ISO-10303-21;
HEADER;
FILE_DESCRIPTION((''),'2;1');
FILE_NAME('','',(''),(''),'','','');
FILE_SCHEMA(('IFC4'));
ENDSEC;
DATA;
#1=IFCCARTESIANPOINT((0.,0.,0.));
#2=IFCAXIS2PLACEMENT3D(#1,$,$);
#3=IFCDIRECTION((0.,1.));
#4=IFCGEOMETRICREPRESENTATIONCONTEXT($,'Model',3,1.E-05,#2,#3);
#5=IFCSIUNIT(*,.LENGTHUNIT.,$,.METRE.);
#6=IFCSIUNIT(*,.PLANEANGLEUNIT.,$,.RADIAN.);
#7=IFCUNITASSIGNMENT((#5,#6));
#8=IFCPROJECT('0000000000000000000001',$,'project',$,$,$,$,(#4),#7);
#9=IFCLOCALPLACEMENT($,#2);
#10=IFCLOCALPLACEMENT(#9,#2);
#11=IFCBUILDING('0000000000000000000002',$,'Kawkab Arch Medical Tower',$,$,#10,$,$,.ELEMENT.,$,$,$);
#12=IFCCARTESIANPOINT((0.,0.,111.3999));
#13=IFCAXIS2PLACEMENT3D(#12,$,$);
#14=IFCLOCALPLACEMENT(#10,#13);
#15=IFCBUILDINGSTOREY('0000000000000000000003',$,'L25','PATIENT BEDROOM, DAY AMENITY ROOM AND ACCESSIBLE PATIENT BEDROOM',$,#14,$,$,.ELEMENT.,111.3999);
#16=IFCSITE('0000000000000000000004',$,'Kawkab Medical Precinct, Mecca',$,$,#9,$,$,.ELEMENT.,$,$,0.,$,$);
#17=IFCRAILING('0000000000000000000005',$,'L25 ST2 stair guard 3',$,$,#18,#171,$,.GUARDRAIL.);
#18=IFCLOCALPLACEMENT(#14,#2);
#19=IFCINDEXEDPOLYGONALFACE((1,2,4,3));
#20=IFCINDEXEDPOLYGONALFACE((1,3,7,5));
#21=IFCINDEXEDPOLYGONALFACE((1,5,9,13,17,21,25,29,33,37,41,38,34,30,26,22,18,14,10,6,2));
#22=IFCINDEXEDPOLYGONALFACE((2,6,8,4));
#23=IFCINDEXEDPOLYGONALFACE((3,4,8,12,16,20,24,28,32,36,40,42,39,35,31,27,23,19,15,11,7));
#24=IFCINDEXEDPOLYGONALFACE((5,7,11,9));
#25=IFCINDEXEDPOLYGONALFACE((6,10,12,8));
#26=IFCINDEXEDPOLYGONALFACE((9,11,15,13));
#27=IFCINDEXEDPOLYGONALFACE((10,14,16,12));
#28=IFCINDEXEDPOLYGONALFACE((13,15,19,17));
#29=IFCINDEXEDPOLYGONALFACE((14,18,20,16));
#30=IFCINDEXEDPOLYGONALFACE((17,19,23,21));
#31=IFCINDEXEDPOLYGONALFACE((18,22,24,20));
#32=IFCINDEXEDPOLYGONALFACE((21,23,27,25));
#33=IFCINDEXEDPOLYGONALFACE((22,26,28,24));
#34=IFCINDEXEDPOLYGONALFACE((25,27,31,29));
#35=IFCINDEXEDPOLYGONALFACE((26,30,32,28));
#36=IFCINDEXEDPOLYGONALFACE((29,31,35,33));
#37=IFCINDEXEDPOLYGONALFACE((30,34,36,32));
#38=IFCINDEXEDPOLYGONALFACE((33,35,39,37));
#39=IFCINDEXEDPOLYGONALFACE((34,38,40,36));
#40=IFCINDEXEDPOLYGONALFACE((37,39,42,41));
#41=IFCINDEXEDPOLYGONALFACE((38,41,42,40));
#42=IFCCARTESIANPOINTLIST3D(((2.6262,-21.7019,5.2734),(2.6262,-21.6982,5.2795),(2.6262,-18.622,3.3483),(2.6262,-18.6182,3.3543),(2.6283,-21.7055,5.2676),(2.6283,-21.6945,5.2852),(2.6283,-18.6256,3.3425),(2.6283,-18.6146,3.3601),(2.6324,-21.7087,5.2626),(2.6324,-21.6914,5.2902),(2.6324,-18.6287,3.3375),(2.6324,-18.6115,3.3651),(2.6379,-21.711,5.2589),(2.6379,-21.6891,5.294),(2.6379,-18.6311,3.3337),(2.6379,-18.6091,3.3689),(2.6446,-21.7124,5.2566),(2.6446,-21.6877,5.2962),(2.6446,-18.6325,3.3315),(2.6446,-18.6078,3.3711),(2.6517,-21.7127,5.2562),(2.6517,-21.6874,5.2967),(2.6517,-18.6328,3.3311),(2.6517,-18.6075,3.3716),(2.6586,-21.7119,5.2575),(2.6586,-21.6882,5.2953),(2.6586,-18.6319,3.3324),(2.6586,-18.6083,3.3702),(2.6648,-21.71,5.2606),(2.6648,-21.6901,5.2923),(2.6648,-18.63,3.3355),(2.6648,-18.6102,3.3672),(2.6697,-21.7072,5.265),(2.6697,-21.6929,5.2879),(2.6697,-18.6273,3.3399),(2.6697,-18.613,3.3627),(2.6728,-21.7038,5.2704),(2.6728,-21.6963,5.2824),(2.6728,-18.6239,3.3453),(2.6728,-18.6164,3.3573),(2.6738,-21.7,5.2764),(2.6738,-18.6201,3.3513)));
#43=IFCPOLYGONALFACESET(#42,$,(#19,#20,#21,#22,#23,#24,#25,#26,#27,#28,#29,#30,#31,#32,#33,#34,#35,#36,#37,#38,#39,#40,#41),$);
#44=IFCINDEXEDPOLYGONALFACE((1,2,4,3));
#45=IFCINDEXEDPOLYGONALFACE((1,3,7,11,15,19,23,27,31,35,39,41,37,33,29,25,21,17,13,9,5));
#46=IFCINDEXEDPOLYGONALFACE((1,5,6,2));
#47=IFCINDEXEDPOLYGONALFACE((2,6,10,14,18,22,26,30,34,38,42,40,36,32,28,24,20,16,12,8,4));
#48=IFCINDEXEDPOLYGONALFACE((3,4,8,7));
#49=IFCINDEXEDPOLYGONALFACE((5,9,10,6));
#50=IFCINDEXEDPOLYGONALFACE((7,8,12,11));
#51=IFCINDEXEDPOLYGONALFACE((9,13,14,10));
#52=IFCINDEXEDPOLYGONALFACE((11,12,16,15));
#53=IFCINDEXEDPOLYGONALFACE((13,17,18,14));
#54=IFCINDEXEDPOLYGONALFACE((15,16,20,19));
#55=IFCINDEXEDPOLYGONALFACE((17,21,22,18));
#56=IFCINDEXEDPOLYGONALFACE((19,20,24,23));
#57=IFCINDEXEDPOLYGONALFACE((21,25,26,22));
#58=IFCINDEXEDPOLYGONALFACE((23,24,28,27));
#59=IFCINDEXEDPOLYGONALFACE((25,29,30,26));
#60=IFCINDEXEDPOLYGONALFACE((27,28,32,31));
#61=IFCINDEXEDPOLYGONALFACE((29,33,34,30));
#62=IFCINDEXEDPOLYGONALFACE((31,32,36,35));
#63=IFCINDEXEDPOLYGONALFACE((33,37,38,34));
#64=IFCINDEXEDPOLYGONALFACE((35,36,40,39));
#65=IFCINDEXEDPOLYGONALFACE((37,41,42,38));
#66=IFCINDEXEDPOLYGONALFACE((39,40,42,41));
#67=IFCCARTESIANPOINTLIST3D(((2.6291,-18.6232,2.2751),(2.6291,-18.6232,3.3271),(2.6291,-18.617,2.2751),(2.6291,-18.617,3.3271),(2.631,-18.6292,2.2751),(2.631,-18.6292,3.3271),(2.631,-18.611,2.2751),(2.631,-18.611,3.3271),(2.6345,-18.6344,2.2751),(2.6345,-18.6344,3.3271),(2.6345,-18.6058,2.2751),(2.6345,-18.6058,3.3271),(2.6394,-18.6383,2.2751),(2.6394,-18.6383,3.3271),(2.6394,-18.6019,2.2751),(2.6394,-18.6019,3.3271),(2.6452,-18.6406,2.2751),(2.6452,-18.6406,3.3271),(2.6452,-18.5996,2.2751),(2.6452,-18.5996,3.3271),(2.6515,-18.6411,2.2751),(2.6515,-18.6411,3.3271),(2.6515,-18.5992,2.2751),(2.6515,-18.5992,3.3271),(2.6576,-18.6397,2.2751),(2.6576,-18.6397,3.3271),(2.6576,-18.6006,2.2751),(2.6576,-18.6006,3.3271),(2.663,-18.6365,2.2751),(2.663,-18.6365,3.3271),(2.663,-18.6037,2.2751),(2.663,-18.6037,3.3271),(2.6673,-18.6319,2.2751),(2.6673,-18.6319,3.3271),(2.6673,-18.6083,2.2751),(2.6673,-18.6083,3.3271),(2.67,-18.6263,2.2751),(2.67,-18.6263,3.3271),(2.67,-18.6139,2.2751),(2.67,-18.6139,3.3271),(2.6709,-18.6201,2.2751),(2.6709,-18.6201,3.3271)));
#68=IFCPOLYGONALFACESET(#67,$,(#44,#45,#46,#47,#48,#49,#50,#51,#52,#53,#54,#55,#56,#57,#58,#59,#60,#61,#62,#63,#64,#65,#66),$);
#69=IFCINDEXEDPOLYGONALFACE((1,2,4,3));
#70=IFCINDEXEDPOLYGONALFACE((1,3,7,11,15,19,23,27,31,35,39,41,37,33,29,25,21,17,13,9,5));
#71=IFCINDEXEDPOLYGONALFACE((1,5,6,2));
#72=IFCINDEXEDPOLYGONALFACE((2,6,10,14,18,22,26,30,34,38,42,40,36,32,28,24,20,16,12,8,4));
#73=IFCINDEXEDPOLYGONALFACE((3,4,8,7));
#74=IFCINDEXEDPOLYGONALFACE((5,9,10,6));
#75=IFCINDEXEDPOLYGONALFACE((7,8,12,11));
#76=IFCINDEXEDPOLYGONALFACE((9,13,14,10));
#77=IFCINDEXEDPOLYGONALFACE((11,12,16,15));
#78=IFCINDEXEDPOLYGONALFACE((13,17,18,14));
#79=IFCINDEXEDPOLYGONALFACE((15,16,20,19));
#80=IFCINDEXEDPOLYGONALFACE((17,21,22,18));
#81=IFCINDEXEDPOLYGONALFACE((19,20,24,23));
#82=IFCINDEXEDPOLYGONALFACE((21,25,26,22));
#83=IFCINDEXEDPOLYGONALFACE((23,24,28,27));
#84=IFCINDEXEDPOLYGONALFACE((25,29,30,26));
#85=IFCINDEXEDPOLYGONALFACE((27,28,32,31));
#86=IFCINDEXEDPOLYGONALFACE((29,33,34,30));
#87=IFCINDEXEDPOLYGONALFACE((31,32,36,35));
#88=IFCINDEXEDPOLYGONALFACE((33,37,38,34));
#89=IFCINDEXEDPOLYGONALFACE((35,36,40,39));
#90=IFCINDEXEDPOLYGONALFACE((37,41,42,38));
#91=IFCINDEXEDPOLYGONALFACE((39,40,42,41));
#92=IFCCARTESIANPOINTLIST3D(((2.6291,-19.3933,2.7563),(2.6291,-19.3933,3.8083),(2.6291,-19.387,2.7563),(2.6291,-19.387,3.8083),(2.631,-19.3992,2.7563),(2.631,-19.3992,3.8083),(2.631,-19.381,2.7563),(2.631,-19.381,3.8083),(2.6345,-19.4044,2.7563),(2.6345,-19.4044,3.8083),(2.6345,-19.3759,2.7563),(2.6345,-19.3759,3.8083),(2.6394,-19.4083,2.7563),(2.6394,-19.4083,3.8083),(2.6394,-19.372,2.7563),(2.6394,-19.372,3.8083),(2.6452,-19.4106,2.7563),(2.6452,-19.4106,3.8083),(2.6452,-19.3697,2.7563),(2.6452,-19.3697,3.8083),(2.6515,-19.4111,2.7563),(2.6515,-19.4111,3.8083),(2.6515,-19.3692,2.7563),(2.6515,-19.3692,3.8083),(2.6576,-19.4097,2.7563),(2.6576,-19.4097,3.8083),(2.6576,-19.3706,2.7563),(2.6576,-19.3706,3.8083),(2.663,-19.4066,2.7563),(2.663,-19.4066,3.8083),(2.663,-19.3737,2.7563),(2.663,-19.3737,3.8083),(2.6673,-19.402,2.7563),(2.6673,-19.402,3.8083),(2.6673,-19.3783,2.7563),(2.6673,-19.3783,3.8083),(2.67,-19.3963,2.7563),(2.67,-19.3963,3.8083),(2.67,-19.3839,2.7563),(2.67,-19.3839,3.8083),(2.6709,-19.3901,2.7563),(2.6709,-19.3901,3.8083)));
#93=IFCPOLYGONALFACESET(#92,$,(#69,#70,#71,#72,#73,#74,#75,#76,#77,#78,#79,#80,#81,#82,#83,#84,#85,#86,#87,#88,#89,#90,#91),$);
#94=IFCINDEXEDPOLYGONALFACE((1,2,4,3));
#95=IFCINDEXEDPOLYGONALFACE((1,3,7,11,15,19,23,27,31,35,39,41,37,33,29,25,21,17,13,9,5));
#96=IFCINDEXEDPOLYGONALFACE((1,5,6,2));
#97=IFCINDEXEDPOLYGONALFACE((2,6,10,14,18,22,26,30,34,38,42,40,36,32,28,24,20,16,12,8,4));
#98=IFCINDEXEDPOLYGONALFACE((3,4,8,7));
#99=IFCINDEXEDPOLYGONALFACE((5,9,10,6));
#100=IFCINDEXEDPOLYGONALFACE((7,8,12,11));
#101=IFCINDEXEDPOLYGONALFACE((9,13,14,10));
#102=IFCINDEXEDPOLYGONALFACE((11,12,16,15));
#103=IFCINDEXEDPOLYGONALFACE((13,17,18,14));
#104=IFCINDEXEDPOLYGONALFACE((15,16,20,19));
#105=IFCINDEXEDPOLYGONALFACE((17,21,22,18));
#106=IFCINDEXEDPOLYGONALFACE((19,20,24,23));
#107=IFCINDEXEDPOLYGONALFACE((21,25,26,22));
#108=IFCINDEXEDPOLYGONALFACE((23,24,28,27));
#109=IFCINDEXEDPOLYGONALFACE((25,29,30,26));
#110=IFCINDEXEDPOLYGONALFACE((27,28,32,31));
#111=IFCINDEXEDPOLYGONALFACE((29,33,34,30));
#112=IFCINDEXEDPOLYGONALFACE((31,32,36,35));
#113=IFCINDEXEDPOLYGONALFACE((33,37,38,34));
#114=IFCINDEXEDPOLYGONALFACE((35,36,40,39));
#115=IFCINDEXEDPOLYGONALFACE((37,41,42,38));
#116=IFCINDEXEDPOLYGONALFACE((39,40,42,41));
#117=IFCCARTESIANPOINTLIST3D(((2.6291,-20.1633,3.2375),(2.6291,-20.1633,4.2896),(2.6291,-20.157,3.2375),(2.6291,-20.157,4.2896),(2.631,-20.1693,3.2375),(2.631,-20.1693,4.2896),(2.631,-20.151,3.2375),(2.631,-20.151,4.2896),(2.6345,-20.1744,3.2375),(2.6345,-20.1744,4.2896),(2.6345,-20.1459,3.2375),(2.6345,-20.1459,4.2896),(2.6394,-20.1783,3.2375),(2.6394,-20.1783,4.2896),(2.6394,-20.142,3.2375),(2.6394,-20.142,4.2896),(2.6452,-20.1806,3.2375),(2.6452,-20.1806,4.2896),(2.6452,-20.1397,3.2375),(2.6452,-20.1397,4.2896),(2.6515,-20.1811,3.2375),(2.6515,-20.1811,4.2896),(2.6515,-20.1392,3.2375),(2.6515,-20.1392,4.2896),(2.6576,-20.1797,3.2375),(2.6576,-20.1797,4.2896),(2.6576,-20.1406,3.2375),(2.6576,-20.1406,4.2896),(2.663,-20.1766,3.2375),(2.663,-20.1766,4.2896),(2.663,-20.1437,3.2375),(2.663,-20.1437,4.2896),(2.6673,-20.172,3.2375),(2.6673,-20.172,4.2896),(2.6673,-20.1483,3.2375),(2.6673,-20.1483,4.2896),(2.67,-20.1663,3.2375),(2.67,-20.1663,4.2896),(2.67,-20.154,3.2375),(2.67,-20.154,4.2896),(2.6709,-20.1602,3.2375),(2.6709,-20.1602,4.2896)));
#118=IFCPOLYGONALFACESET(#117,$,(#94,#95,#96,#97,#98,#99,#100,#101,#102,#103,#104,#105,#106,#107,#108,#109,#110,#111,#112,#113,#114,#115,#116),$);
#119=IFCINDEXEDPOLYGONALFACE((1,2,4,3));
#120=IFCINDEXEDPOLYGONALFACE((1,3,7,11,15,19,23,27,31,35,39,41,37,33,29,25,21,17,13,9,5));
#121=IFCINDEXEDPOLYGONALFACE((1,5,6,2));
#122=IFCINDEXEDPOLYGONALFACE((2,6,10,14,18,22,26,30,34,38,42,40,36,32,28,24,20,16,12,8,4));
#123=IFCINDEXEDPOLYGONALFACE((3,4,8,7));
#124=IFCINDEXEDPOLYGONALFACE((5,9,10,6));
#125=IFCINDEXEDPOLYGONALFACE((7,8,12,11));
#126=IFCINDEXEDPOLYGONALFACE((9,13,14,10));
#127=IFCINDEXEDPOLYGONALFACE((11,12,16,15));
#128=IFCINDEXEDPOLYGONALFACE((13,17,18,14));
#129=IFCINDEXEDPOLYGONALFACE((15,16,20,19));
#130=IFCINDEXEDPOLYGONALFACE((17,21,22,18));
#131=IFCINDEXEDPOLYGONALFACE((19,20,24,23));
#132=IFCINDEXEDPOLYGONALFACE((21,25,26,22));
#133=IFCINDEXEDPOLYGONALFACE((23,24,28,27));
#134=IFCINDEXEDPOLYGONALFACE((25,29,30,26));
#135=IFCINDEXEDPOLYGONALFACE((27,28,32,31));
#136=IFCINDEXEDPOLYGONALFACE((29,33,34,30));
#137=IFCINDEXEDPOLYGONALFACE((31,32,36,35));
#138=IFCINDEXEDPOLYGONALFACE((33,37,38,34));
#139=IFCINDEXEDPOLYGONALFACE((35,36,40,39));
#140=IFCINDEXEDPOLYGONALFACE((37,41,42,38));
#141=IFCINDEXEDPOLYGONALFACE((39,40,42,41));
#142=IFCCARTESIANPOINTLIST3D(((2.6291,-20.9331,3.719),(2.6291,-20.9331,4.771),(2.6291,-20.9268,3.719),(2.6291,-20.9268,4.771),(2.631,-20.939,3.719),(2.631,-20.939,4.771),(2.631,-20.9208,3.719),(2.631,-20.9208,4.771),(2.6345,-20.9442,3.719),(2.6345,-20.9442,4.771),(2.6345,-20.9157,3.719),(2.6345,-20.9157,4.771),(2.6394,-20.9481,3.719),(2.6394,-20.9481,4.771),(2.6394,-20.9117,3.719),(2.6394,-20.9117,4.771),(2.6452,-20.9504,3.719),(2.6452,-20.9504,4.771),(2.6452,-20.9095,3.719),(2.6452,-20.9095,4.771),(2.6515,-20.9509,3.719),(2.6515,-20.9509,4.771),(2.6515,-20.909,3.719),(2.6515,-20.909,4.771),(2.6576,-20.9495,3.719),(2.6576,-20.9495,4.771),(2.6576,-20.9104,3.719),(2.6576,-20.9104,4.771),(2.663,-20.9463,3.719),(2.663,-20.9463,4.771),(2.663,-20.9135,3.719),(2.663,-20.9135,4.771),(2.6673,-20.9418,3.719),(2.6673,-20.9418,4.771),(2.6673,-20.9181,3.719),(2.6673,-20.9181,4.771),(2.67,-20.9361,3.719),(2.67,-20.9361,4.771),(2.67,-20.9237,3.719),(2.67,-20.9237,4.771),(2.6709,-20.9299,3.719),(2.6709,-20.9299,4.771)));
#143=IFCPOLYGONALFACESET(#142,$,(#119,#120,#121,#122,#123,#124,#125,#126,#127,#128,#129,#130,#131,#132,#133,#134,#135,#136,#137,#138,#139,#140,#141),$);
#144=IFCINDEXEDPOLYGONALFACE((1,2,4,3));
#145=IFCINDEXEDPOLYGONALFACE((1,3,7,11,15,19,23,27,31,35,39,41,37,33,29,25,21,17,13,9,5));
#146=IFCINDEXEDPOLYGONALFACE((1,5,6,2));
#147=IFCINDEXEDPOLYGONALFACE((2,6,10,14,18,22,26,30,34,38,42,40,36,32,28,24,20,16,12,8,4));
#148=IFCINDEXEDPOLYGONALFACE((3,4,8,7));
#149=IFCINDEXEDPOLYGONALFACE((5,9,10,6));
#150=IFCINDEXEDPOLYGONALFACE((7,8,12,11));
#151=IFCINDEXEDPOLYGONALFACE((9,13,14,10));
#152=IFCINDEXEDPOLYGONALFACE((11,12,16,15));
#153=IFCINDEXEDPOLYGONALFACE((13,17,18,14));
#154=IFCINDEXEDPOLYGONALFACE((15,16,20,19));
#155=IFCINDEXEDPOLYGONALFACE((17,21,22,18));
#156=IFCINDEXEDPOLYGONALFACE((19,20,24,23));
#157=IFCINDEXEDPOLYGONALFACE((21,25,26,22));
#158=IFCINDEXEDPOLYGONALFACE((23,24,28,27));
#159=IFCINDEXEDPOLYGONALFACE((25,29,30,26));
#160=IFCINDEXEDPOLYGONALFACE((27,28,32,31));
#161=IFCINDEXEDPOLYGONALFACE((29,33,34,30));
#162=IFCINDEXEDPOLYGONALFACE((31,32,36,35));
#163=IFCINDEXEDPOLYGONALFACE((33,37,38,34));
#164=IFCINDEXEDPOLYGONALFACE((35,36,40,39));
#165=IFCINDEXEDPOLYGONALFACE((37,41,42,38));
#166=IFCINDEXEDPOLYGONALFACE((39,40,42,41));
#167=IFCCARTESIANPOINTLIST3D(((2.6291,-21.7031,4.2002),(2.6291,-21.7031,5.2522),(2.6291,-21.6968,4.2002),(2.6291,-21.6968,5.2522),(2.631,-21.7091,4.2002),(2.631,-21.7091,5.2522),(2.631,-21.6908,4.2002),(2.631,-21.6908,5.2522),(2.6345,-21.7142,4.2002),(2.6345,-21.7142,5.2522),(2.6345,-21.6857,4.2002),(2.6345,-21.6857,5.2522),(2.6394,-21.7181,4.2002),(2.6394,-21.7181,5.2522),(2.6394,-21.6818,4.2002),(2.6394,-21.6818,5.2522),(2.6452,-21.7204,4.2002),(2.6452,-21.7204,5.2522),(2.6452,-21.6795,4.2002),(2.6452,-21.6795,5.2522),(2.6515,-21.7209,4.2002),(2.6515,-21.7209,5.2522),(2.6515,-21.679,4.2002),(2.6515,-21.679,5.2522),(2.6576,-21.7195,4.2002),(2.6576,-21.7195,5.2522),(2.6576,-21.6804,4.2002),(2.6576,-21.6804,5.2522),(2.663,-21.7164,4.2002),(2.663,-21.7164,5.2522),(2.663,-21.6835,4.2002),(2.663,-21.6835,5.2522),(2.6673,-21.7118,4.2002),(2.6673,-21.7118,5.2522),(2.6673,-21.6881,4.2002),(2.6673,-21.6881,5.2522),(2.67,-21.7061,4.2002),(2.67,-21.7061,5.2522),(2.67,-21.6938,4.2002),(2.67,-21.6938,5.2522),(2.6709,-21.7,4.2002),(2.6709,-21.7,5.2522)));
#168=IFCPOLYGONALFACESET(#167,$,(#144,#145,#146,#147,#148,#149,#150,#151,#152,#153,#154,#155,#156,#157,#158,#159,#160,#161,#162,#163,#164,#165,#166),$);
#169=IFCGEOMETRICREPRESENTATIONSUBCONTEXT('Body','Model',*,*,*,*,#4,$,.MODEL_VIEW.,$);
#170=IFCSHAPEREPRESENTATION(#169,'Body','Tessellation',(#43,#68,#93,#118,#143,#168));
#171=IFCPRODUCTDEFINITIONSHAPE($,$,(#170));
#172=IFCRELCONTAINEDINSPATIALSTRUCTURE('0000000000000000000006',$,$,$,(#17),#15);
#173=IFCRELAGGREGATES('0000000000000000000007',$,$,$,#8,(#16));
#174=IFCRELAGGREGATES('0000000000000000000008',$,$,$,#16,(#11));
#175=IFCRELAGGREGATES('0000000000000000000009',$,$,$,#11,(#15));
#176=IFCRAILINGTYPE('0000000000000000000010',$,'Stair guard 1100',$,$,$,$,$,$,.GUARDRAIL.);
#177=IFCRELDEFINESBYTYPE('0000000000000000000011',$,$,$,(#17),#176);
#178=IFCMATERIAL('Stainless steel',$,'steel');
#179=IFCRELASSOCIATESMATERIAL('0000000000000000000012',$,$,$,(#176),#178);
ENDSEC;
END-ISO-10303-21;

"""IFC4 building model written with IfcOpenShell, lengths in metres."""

from ifc_helpers import new_model, si_unit, direction, frame, origin, origin_2d, place, context, subcontext, project, spatial, circle, extrude, material, type_object, element, save


model = new_model("IFC4")

# Units and contexts
model_context = context("Model", 3, precision=1e-05, world=origin(), true_north=direction((0.0, 1.0)))
body_context = subcontext(model_context, "Body", "Model", "MODEL_VIEW")
ifc_project = project(units=[si_unit("LENGTHUNIT", "METRE"), si_unit("PLANEANGLEUNIT", "RADIAN")], contexts=[model_context])

# Site, building, storey
site_placement = place(None, origin())
site = spatial("IfcSite", under=ifc_project, at=site_placement, Name="Kawkab Medical Precinct, Mecca", CompositionType="ELEMENT", RefElevation=0.0)
building_placement = place(site_placement, origin())
building = spatial("IfcBuilding", under=site, at=building_placement, Name="Kawkab Arch Medical Tower", CompositionType="ELEMENT")
storey_placement = place(building_placement, frame((0.0, 0.0, 111.3999)))
storey = spatial("IfcBuildingStorey", under=building, at=storey_placement, Name="L25", Description="PATIENT BEDROOM, DAY AMENITY ROOM AND ACCESSIBLE PATIENT BEDROOM", CompositionType="ELEMENT", Elevation=111.3999)

# Railing
ifc_material_1 = material(Name="Stainless steel", Category="steel")
railing_type = type_object("IfcRailingType", Name="Stair guard 1100", PredefinedType="GUARDRAIL", material=ifc_material_1)
railing_1_placement = place(storey_placement, frame((2.6499, -18.6201, 2.2751)))
element("IfcRailing", 1, at=railing_1_placement, inside=storey, type_object=railing_type, Name="L25 ST2 stair guard 3", PredefinedType="GUARDRAIL", context=body_context, shape_type="SweptSolid", body=[
    extrude(circle(Radius=0.0239, at=origin_2d()), frame((0.0, 0.0, 1.0762), z_axis=(0.0, -0.847979, 0.530029), x_axis=(1.0, 0.0, 0.0)), (0.0, 0.0, 1.0), 3.6321),
    extrude(circle(Radius=0.021, at=origin_2d()), origin(), (0.0, 0.0, 1.0), 1.052),
    extrude(circle(Radius=0.021, at=origin_2d()), frame((0.0, -0.77, 0.4812)), (0.0, 0.0, 1.0), 1.052),
    extrude(circle(Radius=0.021, at=origin_2d()), frame((0.0, -1.54, 0.9624)), (0.0, 0.0, 1.0), 1.052),
    extrude(circle(Radius=0.021, at=origin_2d()), frame((0.0, -2.3098, 1.4438)), (0.0, 0.0, 1.0), 1.052),
    extrude(circle(Radius=0.021, at=origin_2d()), frame((0.0, -3.0798, 1.925)), (0.0, 0.0, 1.0), 1.052),
])

save(model, "model.ifc")
